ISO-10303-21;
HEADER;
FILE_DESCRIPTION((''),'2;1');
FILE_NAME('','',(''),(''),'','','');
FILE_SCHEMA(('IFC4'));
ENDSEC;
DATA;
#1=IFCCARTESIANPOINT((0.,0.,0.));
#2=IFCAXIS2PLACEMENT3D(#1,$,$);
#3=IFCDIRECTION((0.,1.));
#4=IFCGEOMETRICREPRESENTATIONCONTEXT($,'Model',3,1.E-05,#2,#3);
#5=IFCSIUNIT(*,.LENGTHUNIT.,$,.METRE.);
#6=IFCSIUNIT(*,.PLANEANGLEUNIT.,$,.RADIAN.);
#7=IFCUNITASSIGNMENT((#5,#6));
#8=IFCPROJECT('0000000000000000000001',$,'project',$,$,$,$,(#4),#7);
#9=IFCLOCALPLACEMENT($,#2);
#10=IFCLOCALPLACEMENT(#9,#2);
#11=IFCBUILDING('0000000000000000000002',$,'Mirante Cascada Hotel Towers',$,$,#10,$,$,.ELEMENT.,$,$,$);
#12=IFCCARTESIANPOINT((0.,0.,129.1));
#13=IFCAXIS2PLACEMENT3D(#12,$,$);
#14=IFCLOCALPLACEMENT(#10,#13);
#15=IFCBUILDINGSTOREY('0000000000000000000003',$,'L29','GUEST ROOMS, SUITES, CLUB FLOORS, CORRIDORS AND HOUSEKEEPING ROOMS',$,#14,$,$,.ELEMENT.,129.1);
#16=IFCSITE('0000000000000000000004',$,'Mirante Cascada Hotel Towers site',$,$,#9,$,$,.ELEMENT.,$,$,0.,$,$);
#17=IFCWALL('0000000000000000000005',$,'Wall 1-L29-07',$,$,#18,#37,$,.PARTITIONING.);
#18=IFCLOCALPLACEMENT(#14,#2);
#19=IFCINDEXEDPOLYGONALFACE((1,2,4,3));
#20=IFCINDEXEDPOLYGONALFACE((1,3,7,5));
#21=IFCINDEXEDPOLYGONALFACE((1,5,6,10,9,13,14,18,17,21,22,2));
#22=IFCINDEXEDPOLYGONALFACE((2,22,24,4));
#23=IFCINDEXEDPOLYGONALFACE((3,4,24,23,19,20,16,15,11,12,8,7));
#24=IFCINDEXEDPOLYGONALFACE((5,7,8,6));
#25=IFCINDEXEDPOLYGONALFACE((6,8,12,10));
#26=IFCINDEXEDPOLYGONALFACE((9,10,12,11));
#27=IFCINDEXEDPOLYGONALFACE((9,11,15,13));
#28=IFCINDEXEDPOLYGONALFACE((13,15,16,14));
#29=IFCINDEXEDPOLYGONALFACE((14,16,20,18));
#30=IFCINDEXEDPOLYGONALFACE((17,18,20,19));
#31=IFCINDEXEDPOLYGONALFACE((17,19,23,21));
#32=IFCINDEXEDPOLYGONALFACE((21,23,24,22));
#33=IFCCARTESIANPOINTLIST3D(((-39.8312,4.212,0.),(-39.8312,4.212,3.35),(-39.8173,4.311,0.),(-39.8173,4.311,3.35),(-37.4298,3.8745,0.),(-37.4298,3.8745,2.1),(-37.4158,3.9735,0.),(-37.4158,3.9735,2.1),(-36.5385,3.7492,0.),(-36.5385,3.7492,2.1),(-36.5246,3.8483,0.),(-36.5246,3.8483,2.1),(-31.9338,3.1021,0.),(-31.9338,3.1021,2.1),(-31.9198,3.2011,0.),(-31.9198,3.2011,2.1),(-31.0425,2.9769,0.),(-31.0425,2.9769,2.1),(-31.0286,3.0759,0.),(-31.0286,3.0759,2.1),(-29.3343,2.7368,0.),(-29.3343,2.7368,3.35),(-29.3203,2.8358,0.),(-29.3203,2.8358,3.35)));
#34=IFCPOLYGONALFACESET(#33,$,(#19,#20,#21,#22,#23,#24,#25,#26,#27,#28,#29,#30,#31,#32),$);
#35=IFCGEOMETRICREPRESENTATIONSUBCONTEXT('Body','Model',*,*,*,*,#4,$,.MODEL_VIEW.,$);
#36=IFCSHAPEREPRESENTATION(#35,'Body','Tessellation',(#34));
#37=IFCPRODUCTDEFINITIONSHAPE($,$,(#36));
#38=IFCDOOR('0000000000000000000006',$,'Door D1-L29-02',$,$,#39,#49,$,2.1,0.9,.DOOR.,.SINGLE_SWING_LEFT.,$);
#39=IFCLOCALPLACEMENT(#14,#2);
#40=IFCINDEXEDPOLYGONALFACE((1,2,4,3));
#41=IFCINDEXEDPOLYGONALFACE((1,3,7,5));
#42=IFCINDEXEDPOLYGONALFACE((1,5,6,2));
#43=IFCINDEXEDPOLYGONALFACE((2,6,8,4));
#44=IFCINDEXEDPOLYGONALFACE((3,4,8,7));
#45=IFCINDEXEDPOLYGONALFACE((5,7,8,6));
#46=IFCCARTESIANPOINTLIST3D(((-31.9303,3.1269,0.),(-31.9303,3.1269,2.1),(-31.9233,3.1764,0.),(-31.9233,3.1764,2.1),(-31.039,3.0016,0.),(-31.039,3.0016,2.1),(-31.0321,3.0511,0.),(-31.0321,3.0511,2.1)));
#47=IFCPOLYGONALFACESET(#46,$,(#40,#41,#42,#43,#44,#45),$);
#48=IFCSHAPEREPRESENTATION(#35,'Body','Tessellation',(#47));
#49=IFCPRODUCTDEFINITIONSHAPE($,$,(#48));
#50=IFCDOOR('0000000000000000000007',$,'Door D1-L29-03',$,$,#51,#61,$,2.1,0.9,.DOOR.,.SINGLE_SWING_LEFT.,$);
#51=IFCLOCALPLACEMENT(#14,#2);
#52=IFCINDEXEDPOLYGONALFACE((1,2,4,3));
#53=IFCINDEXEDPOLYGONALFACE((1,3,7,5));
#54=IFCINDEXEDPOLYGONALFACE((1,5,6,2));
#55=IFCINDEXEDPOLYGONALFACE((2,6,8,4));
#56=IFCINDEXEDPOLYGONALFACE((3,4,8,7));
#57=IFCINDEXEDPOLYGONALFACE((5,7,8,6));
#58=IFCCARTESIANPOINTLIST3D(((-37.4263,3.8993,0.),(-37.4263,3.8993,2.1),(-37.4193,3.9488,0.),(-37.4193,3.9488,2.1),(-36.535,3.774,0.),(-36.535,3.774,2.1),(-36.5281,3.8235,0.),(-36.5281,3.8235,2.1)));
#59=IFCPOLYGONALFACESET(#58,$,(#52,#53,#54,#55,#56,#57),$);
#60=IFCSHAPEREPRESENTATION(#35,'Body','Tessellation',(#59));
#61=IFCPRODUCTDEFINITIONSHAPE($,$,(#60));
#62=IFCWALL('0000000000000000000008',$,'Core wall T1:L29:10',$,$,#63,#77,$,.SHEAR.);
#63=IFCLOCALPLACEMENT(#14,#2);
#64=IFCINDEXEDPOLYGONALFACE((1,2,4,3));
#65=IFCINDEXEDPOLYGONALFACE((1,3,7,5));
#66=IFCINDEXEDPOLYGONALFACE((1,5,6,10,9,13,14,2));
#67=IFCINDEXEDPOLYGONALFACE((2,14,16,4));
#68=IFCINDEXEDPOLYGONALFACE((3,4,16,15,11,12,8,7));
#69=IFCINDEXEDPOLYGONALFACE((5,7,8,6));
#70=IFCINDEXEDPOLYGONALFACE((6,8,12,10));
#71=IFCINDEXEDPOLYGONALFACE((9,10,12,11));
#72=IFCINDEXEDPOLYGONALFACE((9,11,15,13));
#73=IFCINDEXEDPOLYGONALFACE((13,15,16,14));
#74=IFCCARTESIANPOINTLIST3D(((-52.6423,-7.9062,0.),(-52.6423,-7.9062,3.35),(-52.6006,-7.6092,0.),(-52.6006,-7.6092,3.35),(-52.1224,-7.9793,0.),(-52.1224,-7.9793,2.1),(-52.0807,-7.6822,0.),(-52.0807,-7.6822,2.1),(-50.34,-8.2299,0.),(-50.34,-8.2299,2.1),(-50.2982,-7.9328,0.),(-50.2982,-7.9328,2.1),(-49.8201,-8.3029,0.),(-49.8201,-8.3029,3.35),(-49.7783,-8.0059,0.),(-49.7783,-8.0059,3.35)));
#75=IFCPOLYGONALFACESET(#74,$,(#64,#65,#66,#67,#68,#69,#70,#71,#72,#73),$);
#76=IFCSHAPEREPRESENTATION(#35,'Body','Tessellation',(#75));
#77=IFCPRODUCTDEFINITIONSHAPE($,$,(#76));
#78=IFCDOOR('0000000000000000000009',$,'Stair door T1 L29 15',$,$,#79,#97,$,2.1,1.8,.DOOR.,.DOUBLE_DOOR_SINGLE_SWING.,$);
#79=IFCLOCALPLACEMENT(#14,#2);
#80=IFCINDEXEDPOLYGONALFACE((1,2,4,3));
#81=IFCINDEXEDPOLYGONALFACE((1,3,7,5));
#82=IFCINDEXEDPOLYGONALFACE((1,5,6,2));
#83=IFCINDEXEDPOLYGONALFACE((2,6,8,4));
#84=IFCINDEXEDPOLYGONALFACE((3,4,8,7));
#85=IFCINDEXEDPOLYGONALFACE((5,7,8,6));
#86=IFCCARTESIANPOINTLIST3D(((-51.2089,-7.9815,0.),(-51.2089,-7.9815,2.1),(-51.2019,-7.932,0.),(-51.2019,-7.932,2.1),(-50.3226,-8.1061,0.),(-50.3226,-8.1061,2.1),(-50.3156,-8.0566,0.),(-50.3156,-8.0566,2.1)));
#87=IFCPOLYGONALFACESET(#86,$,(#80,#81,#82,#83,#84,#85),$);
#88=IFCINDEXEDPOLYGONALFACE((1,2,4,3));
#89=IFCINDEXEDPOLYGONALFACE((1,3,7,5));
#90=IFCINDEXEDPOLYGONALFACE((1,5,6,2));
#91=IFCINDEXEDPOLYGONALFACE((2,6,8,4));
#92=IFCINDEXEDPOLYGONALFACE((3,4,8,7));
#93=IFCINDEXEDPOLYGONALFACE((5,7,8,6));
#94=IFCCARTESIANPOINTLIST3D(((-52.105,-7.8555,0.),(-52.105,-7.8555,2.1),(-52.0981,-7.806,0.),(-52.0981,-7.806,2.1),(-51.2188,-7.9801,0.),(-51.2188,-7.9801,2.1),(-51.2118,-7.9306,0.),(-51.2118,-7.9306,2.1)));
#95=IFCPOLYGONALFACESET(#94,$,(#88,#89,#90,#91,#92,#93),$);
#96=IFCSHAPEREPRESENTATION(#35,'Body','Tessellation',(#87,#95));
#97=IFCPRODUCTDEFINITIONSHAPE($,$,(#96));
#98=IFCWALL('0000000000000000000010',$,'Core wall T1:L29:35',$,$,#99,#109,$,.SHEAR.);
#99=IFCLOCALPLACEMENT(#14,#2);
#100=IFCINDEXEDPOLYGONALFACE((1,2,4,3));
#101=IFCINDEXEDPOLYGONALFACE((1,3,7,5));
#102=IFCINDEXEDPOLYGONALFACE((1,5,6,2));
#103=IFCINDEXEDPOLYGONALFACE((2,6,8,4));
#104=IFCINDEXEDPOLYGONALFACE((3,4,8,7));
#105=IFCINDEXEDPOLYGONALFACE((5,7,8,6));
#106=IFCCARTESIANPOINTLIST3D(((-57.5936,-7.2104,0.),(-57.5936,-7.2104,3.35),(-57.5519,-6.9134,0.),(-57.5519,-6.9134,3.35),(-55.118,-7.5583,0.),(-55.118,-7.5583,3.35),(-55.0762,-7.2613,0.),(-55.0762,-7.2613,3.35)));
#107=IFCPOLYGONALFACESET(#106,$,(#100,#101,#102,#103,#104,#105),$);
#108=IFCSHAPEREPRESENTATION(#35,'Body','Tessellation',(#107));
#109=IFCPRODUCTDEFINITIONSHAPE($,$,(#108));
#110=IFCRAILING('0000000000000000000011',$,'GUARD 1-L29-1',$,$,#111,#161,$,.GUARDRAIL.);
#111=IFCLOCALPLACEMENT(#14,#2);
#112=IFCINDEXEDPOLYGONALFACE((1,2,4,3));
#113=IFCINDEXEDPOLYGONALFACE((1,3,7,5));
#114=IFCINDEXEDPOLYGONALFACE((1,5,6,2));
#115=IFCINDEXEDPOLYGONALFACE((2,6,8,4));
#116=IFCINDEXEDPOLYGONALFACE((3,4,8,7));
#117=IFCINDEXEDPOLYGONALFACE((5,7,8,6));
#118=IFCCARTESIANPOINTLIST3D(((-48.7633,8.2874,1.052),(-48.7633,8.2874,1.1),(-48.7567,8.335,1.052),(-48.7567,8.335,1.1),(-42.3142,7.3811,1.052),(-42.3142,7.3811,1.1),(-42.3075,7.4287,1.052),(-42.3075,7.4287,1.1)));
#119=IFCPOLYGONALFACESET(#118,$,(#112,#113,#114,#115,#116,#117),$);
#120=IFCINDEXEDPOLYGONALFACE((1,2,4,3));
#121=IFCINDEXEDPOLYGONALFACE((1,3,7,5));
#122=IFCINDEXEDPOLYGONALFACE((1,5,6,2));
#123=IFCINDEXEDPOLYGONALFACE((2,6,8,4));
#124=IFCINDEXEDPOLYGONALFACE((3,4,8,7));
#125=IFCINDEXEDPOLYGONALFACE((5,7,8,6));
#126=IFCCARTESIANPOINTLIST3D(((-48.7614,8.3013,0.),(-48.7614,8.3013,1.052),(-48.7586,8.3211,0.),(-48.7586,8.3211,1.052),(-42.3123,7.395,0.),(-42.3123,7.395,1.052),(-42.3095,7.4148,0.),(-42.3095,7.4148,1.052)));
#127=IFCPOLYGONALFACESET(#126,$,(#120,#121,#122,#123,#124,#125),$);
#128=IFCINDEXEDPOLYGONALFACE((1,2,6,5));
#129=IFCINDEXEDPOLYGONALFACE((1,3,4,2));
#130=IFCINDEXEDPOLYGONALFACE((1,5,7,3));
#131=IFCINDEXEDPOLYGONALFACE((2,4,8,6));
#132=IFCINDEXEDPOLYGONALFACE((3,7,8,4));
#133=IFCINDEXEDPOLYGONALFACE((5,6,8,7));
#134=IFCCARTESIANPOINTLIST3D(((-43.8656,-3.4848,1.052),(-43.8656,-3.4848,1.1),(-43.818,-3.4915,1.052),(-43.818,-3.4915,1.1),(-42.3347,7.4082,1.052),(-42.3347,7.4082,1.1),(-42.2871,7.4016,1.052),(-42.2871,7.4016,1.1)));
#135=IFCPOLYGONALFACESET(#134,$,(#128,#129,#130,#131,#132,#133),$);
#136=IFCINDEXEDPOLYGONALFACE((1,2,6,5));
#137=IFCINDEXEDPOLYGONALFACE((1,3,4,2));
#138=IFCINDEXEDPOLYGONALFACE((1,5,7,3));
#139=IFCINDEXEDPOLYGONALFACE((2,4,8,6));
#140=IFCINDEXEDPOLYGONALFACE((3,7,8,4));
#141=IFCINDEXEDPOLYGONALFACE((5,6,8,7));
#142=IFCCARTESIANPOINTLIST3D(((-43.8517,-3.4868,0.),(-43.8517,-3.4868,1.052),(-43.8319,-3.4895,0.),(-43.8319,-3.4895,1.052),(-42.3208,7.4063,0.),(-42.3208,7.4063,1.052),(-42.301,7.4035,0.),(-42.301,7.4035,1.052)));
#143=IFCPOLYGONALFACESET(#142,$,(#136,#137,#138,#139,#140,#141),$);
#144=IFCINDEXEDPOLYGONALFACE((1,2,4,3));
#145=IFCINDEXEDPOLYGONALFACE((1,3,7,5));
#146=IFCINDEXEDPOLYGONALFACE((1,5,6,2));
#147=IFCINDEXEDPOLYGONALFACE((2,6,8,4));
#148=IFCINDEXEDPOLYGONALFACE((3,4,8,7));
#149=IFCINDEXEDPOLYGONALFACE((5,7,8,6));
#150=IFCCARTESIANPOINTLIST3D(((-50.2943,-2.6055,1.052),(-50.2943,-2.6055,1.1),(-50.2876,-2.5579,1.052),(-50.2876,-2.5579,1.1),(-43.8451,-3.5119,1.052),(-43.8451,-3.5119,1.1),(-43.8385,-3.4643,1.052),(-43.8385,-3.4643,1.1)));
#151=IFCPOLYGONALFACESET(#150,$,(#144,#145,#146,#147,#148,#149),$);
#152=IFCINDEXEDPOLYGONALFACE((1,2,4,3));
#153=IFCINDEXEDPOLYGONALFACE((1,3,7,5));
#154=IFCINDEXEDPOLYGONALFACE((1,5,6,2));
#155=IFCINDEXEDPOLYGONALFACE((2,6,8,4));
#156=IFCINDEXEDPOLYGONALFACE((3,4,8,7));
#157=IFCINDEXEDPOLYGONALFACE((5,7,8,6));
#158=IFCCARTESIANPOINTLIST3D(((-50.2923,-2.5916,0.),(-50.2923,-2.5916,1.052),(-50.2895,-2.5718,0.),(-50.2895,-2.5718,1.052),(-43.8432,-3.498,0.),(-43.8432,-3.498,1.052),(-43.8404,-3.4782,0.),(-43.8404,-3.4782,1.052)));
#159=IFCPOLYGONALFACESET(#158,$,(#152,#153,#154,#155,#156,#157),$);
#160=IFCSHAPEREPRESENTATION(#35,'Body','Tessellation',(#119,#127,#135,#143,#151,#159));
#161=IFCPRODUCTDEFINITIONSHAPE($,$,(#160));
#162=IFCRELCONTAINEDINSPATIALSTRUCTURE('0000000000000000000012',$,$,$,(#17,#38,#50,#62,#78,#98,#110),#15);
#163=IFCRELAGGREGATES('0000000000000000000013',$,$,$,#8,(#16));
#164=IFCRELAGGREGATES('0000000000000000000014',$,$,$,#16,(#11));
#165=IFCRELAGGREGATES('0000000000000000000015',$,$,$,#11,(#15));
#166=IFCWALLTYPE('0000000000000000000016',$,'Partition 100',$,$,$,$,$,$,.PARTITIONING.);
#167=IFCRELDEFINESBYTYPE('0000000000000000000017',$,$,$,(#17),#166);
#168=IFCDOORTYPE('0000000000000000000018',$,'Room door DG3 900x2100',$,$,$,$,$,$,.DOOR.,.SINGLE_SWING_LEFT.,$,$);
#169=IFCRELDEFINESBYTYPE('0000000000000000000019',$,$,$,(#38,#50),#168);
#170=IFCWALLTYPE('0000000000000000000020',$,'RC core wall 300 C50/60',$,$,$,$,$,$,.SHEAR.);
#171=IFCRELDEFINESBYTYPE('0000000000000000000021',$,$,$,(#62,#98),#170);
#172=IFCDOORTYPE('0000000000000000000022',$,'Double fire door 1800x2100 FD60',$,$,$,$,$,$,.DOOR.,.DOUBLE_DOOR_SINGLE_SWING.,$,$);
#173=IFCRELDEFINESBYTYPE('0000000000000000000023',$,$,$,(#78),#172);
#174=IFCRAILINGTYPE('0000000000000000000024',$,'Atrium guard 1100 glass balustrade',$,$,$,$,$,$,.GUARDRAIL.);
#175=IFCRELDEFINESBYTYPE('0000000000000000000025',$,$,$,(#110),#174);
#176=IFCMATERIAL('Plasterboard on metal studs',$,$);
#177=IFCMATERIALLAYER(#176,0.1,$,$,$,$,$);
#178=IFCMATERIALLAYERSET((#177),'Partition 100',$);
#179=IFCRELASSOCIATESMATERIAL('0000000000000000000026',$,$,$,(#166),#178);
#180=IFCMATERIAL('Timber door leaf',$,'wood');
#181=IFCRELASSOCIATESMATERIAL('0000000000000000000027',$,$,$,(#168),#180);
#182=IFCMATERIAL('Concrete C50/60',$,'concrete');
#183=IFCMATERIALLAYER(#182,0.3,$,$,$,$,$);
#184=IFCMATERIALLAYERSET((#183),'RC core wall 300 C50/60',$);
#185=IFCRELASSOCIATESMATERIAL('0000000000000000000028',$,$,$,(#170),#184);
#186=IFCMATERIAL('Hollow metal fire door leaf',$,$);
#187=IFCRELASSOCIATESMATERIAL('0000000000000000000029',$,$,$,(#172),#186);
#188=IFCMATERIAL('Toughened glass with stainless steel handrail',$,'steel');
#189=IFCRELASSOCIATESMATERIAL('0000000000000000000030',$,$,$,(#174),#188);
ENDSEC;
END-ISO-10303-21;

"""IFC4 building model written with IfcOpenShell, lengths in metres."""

from ifc_helpers import new_model, si_unit, direction, frame, frame_2d, origin, origin_2d, place, context, subcontext, project, spatial, rectangle, extrude, material, layer, layer_set, type_object, element, fill, save


model = new_model("IFC4")

# Units and contexts
model_context = context("Model", 3, precision=1e-05, world=origin(), true_north=direction((0.0, 1.0)))
body_context = subcontext(model_context, "Body", "Model", "MODEL_VIEW")
ifc_project = project(units=[si_unit("LENGTHUNIT", "METRE"), si_unit("PLANEANGLEUNIT", "RADIAN")], contexts=[model_context])

# Site, building, storey
site_placement = place(None, origin())
site = spatial("IfcSite", under=ifc_project, at=site_placement, Name="Mirante Cascada Hotel Towers site", CompositionType="ELEMENT", RefElevation=0.0)
building_placement = place(site_placement, origin())
building = spatial("IfcBuilding", under=site, at=building_placement, Name="Mirante Cascada Hotel Towers", CompositionType="ELEMENT")
storey_placement = place(building_placement, frame((0.0, 0.0, 129.1)))
storey = spatial("IfcBuildingStorey", under=building, at=storey_placement, Name="L29", Description="GUEST ROOMS, SUITES, CLUB FLOORS, CORRIDORS AND HOUSEKEEPING ROOMS", CompositionType="ELEMENT", Elevation=129.1)

# Wall, openings, doors
ifc_material_1 = material(Name="Plasterboard on metal studs")
ifc_layer_1 = layer(ifc_material_1, 0.1)
ifc_layer_set_1 = layer_set([ifc_layer_1], Name="Partition 100")
wall_type_1 = type_object("IfcWallType", Name="Partition 100", PredefinedType="PARTITIONING", material=ifc_layer_set_1)
wall_1_placement = place(storey_placement, frame((-39.8242, 4.2615, 0.0), z_axis=(0.0, 0.0, 1.0), x_axis=(0.990269, -0.139169, 0.0)))
wall_1 = element("IfcWall", 1, at=wall_1_placement, inside=storey, type_object=wall_type_1, Name="Wall 1-L29-07", PredefinedType="PARTITIONING", context=body_context, shape_type="SweptSolid", body=[
    extrude(rectangle(XDim=10.6001, YDim=0.1, at=frame_2d((5.3, 0.0))), origin(), (0.0, 0.0, 1.0), 3.35),
])
opening_1_placement = place(wall_1_placement, frame((7.975, 0.0, 0.0)))
opening_1 = element("IfcOpeningElement", 2, at=opening_1_placement, cuts=wall_1, PredefinedType="OPENING", context=body_context, shape_type="SweptSolid", body=[
    extrude(rectangle(XDim=0.9, YDim=2.1, at=frame_2d((0.45, 1.05))), frame((0.0, 0.05, 0.0), z_axis=(0.0, -1.0, 0.0), x_axis=(1.0, 0.0, 0.0)), (0.0, 0.0, 1.0), 0.1),
])
opening_2_placement = place(wall_1_placement, frame((2.425, 0.0, 0.0)))
opening_2 = element("IfcOpeningElement", 3, at=opening_2_placement, cuts=wall_1, PredefinedType="OPENING", context=body_context, shape_type="SweptSolid", body=[
    extrude(rectangle(XDim=0.9, YDim=2.1, at=frame_2d((0.45, 1.05))), frame((0.0, 0.05, 0.0), z_axis=(0.0, -1.0, 0.0), x_axis=(1.0, 0.0, 0.0)), (0.0, 0.0, 1.0), 0.1),
])
ifc_material_2 = material(Name="Timber door leaf", Category="wood")
door_type_1 = type_object("IfcDoorType", Name="Room door DG3 900x2100", OperationType="SINGLE_SWING_LEFT", PredefinedType="DOOR", material=ifc_material_2)
door_1_placement = place(opening_1_placement, origin())
door_1 = element("IfcDoor", 4, at=door_1_placement, inside=storey, type_object=door_type_1, Name="Door D1-L29-02", OperationType="SINGLE_SWING_LEFT", OverallHeight=2.1, OverallWidth=0.9, PredefinedType="DOOR", context=body_context, shape_type="SweptSolid", body=[
    extrude(rectangle(XDim=0.9, YDim=2.1, at=frame_2d((0.45, 1.05))), frame((0.0, 0.025, 0.0), z_axis=(0.0, -1.0, 0.0), x_axis=(1.0, 0.0, 0.0)), (0.0, 0.0, 1.0), 0.05),
])
fill(opening_1, door_1)
door_2_placement = place(opening_2_placement, origin())
door_2 = element("IfcDoor", 5, at=door_2_placement, inside=storey, type_object=door_type_1, Name="Door D1-L29-03", OperationType="SINGLE_SWING_LEFT", OverallHeight=2.1, OverallWidth=0.9, PredefinedType="DOOR", context=body_context, shape_type="SweptSolid", body=[
    extrude(rectangle(XDim=0.9, YDim=2.1, at=frame_2d((0.45, 1.05))), frame((0.0, 0.025, 0.0), z_axis=(0.0, -1.0, 0.0), x_axis=(1.0, 0.0, 0.0)), (0.0, 0.0, 1.0), 0.05),
])
fill(opening_2, door_2)

# Wall, opening, door
ifc_material_3 = material(Name="Concrete C50/60", Category="concrete")
ifc_layer_2 = layer(ifc_material_3, 0.3)
ifc_layer_set_2 = layer_set([ifc_layer_2], Name="RC core wall 300 C50/60")
wall_type_2 = type_object("IfcWallType", Name="RC core wall 300 C50/60", PredefinedType="SHEAR", material=ifc_layer_set_2)
wall_2_placement = place(storey_placement, frame((-49.7992, -8.1544, 0.0), z_axis=(0.0, 0.0, 1.0), x_axis=(-0.990266, 0.139191, 0.0)))
wall_2 = element("IfcWall", 6, at=wall_2_placement, inside=storey, type_object=wall_type_2, Name="Core wall T1:L29:10", PredefinedType="SHEAR", context=body_context, shape_type="SweptSolid", body=[
    extrude(rectangle(XDim=2.85, YDim=0.3, at=frame_2d((1.425, 0.0))), origin(), (0.0, 0.0, 1.0), 3.35),
])
opening_3_placement = place(wall_2_placement, frame((0.525, 0.0, 0.0)))
opening_3 = element("IfcOpeningElement", 7, at=opening_3_placement, cuts=wall_2, PredefinedType="OPENING", context=body_context, shape_type="SweptSolid", body=[
    extrude(rectangle(XDim=1.8, YDim=2.1, at=frame_2d((0.9, 1.05))), frame((0.0, 0.15, 0.0), z_axis=(0.0, -1.0, 0.0), x_axis=(1.0, 0.0, 0.0)), (0.0, 0.0, 1.0), 0.3),
])
ifc_material_4 = material(Name="Hollow metal fire door leaf")
door_type_2 = type_object("IfcDoorType", Name="Double fire door 1800x2100 FD60", OperationType="DOUBLE_DOOR_SINGLE_SWING", PredefinedType="DOOR", material=ifc_material_4)
door_3_placement = place(opening_3_placement, origin())
door_3 = element("IfcDoor", 8, at=door_3_placement, inside=storey, type_object=door_type_2, Name="Stair door T1 L29 15", OperationType="DOUBLE_DOOR_SINGLE_SWING", OverallHeight=2.1, OverallWidth=1.8, PredefinedType="DOOR", context=body_context, shape_type="SweptSolid", body=[
    extrude(rectangle(XDim=0.895, YDim=2.1, at=frame_2d((0.4475, 1.05))), frame((0.0, 0.025, 0.0), z_axis=(0.0, -1.0, 0.0), x_axis=(1.0, 0.0, 0.0)), (0.0, 0.0, 1.0), 0.05),
    extrude(rectangle(XDim=0.895, YDim=2.1, at=frame_2d((1.3525, 1.05))), frame((0.0, 0.025, 0.0), z_axis=(0.0, -1.0, 0.0), x_axis=(1.0, 0.0, 0.0)), (0.0, 0.0, 1.0), 0.05),
])
fill(opening_3, door_3)

# Wall
wall_3_placement = place(storey_placement, frame((-55.0971, -7.4098, 0.0), z_axis=(0.0, 0.0, 1.0), x_axis=(-0.99027, 0.139159, 0.0)))
element("IfcWall", 9, at=wall_3_placement, inside=storey, type_object=wall_type_2, Name="Core wall T1:L29:35", PredefinedType="SHEAR", context=body_context, shape_type="SweptSolid", body=[
    extrude(rectangle(XDim=2.5, YDim=0.3, at=frame_2d((1.25, 0.0))), origin(), (0.0, 0.0, 1.0), 3.35),
])

# Railing
ifc_material_5 = material(Name="Toughened glass with stainless steel handrail", Category="steel")
railing_type = type_object("IfcRailingType", Name="Atrium guard 1100 glass balustrade", PredefinedType="GUARDRAIL", material=ifc_material_5)
railing_1_placement = place(storey_placement, frame((-48.76, 8.3112, 0.0)))
element("IfcRailing", 10, at=railing_1_placement, inside=storey, type_object=railing_type, Name="GUARD 1-L29-1", PredefinedType="GUARDRAIL", context=body_context, shape_type="SweptSolid", body=[
    extrude(rectangle(XDim=0.048, YDim=0.048, at=origin_2d()), frame((0.0, 0.0, 1.076), z_axis=(0.990269, -0.139164, 0.0), x_axis=(0.139164, 0.990269, 0.0)), (0.0, 0.0, 1.0), 6.5125),
    extrude(rectangle(XDim=0.02, YDim=1.052, at=origin_2d()), frame((0.0, 0.0, 0.526), z_axis=(0.990269, -0.139164, 0.0), x_axis=(0.139164, 0.990269, 0.0)), (0.0, 0.0, 1.0), 6.5125),
    extrude(rectangle(XDim=0.048, YDim=0.048, at=origin_2d()), frame((6.4491, -0.9063, 1.076), z_axis=(-0.139172, -0.990268, 0.0), x_axis=(0.990268, -0.139172, 0.0)), (0.0, 0.0, 1.0), 11.0001),
    extrude(rectangle(XDim=0.02, YDim=1.052, at=origin_2d()), frame((6.4491, -0.9063, 0.526), z_axis=(-0.139172, -0.990268, 0.0), x_axis=(0.990268, -0.139172, 0.0)), (0.0, 0.0, 1.0), 11.0001),
    extrude(rectangle(XDim=0.048, YDim=0.048, at=origin_2d()), frame((4.9182, -11.7993, 1.076), z_axis=(-0.990267, 0.139179, 0.0), x_axis=(-0.139179, -0.990267, 0.0)), (0.0, 0.0, 1.0), 6.5125),
    extrude(rectangle(XDim=0.02, YDim=1.052, at=origin_2d()), frame((4.9182, -11.7993, 0.526), z_axis=(-0.990267, 0.139179, 0.0), x_axis=(-0.139179, -0.990267, 0.0)), (0.0, 0.0, 1.0), 6.5125),
])

save(model, "model.ifc")
